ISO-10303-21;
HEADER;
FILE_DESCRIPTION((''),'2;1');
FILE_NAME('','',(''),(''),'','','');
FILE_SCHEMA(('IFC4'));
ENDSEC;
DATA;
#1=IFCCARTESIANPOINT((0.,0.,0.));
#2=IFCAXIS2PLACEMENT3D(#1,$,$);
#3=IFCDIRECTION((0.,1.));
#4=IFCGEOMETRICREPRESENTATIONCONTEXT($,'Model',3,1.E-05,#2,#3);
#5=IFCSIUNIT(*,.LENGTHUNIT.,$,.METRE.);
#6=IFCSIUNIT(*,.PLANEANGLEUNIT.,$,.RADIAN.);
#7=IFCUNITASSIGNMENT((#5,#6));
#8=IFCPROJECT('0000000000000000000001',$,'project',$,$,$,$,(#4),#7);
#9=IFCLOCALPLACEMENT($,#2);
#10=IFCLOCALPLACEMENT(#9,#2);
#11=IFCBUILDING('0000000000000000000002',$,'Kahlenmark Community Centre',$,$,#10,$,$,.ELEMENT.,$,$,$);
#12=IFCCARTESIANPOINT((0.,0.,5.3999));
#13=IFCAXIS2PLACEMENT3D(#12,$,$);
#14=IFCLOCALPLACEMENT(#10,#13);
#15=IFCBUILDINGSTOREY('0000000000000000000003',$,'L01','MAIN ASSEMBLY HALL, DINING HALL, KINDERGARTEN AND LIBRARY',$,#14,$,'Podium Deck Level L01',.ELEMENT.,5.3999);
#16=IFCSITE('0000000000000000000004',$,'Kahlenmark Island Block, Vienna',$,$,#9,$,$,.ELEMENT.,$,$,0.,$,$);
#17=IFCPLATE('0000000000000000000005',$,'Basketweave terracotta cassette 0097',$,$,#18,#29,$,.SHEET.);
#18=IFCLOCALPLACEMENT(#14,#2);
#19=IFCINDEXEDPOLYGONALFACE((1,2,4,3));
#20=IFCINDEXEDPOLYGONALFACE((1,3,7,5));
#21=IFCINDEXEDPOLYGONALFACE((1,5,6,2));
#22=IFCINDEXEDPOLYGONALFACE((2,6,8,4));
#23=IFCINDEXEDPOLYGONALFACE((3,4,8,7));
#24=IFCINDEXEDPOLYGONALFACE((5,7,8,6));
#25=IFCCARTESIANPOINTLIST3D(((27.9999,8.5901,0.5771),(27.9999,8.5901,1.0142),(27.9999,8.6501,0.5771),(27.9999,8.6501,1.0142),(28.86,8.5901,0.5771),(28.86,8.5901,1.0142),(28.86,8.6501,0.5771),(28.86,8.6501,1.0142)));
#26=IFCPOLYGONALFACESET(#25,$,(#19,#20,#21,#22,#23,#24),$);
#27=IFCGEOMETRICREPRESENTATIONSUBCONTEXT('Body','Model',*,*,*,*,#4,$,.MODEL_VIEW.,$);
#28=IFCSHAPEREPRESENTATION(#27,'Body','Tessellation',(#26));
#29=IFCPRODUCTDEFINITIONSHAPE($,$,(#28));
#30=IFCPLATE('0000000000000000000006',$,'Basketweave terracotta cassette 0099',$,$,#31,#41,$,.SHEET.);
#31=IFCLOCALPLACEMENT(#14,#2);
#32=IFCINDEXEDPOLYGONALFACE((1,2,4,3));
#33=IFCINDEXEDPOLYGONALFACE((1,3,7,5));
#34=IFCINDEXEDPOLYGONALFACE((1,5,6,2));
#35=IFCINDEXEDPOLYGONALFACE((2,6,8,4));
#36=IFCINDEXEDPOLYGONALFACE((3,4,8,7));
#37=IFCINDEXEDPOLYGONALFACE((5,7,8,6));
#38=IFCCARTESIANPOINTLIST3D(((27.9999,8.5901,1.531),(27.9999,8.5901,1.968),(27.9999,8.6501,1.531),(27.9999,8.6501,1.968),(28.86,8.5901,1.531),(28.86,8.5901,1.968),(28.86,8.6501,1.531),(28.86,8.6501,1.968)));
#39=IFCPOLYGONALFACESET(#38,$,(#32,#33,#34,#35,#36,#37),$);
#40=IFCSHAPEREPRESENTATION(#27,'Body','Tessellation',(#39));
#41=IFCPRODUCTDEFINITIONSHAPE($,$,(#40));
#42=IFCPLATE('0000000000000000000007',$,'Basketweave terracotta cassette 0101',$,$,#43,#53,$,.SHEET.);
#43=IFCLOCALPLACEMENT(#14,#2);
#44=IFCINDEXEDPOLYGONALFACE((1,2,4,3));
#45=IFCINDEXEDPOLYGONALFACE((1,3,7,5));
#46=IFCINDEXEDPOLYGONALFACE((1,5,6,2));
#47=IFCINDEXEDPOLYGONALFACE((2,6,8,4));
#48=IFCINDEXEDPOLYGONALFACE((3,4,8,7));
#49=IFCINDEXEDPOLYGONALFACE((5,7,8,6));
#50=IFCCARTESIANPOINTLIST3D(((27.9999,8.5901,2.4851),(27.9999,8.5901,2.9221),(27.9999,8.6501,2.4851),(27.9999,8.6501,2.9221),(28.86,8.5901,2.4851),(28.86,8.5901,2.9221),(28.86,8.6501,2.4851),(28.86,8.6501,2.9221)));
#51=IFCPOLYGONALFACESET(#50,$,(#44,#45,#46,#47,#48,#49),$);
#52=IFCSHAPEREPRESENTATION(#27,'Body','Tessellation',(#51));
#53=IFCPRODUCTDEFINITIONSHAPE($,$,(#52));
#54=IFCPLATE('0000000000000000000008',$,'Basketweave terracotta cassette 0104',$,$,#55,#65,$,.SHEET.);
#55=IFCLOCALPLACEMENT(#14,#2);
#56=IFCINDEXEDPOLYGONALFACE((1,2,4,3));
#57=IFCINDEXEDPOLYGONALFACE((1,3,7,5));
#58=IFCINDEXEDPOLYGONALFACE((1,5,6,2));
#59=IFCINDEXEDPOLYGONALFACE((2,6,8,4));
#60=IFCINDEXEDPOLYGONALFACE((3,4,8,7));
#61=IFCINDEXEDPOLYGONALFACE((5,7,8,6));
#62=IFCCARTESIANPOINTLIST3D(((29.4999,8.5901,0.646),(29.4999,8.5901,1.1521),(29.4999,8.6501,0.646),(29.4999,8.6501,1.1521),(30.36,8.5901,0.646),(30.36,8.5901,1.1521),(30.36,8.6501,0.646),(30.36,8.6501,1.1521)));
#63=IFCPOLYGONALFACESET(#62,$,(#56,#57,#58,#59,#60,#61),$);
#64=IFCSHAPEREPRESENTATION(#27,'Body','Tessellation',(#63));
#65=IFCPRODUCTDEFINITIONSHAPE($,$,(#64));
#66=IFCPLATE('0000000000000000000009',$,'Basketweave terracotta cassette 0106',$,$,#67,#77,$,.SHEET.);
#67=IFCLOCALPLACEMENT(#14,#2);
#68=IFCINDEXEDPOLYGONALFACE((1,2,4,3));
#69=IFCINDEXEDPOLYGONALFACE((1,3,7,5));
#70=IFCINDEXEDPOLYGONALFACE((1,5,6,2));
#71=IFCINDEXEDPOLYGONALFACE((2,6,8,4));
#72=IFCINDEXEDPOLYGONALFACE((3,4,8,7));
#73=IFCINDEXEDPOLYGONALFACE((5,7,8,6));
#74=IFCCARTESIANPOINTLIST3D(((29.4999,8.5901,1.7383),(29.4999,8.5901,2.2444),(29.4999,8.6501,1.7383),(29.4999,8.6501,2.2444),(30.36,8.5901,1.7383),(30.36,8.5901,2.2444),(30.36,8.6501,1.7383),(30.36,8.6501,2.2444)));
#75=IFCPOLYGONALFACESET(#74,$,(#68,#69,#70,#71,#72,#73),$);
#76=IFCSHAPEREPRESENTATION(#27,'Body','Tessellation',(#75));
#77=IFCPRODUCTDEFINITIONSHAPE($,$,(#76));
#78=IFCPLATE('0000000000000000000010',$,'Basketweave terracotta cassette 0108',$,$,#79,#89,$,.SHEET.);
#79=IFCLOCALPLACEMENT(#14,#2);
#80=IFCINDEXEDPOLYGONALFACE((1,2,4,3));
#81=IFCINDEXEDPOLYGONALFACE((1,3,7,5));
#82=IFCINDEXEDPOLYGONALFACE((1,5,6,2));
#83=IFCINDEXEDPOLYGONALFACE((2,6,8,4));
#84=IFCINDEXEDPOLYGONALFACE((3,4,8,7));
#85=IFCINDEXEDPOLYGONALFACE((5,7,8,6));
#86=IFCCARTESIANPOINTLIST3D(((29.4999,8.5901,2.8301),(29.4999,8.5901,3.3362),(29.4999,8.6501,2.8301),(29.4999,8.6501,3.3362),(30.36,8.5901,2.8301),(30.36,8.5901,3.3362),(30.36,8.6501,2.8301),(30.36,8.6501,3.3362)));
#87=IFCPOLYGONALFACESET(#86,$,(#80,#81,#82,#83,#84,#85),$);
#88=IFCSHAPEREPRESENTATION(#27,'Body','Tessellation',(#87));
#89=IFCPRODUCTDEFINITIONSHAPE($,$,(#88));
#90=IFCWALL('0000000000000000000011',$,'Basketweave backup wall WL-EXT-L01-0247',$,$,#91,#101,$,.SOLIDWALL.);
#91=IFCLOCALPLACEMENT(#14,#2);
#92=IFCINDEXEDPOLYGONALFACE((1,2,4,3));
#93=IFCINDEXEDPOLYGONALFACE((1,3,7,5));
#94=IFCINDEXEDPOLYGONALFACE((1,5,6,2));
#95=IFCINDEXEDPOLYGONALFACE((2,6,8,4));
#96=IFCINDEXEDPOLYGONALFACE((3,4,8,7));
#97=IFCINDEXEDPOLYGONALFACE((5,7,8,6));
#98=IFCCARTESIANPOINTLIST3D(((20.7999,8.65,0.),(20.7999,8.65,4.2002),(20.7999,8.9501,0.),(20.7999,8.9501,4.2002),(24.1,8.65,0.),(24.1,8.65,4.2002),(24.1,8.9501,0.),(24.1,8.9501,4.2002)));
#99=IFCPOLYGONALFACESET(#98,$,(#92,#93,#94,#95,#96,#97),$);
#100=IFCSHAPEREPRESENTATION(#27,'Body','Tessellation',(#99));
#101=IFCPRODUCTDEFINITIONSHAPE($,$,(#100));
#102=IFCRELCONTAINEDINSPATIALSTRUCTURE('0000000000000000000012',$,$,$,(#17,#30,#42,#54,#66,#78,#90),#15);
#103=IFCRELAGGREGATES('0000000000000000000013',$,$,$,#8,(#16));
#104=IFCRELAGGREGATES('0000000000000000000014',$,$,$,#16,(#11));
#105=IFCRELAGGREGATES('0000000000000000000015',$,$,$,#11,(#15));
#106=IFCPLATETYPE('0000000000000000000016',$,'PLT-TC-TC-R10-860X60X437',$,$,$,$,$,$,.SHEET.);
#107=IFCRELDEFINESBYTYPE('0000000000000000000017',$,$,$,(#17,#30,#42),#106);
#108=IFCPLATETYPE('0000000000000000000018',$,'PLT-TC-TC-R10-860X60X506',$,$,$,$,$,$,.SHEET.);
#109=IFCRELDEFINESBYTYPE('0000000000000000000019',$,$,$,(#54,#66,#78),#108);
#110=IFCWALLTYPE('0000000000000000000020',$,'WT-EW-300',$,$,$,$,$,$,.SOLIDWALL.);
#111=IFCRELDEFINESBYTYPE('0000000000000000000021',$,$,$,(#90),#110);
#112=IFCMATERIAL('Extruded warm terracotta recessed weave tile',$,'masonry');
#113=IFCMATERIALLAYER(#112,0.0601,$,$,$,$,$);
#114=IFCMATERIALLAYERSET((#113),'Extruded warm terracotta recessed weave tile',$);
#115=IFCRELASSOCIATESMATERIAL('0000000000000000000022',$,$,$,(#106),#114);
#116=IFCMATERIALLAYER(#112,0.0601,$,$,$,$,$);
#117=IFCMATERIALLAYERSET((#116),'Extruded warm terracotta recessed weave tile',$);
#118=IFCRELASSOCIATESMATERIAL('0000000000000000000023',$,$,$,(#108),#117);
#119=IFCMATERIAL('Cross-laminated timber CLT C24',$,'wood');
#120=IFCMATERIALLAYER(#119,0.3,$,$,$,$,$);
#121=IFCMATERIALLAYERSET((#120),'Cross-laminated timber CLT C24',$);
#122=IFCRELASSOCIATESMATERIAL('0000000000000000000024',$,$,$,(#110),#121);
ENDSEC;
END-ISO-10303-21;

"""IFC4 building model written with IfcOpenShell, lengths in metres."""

from ifc_helpers import new_model, si_unit, direction, frame, frame_2d, origin, origin_2d, place, context, subcontext, project, spatial, rectangle, extrude, material, layer, layer_set, type_object, element, save


model = new_model("IFC4")

# Units and contexts
model_context = context("Model", 3, precision=1e-05, world=origin(), true_north=direction((0.0, 1.0)))
body_context = subcontext(model_context, "Body", "Model", "MODEL_VIEW")
ifc_project = project(units=[si_unit("LENGTHUNIT", "METRE"), si_unit("PLANEANGLEUNIT", "RADIAN")], contexts=[model_context])

# Site, building, storey
site_placement = place(None, origin())
site = spatial("IfcSite", under=ifc_project, at=site_placement, Name="Kahlenmark Island Block, Vienna", CompositionType="ELEMENT", RefElevation=0.0)
building_placement = place(site_placement, origin())
building = spatial("IfcBuilding", under=site, at=building_placement, Name="Kahlenmark Community Centre", CompositionType="ELEMENT")
storey_placement = place(building_placement, frame((0.0, 0.0, 5.3999)))
storey = spatial("IfcBuildingStorey", under=building, at=storey_placement, Name="L01", Description="MAIN ASSEMBLY HALL, DINING HALL, KINDERGARTEN AND LIBRARY", LongName="Podium Deck Level L01", CompositionType="ELEMENT", Elevation=5.3999)

# Plates
ifc_material_1 = material(Name="Extruded warm terracotta recessed weave tile", Category="masonry")
ifc_layer_1 = layer(ifc_material_1, 0.0601)
ifc_layer_set_1 = layer_set([ifc_layer_1], Name="Extruded warm terracotta recessed weave tile")
plate_type_1 = type_object("IfcPlateType", Name="PLT-TC-TC-R10-860X60X437", PredefinedType="SHEET", material=ifc_layer_set_1)
for number, where, z_axis, x_axis, name in (
    (1, (28.4299, 8.6201, 0.5771), (0.0, 0.0, 1.0), (1.0, 0.0, 0.0), "Basketweave terracotta cassette 0097"),
    (2, (28.4299, 8.6201, 1.531), (0.0, 0.0, 1.0), (1.0, 0.0, 0.0), "Basketweave terracotta cassette 0099"),
    (3, (28.4299, 8.6201, 2.4851), (0.0, 0.0, 1.0), (1.0, 0.0, 0.0), "Basketweave terracotta cassette 0101"),
):
    element("IfcPlate", number, at=place(storey_placement, frame(where, z_axis=z_axis, x_axis=x_axis)), inside=storey, type_object=plate_type_1, Name=name, PredefinedType="SHEET", context=body_context, shape_type="SweptSolid", body=[
        extrude(rectangle(XDim=0.8601, YDim=0.0601, at=origin_2d()), origin(), (0.0, 0.0, 1.0), 0.437),
    ])
ifc_layer_2 = layer(ifc_material_1, 0.0601)
ifc_layer_set_2 = layer_set([ifc_layer_2], Name="Extruded warm terracotta recessed weave tile")
plate_type_2 = type_object("IfcPlateType", Name="PLT-TC-TC-R10-860X60X506", PredefinedType="SHEET", material=ifc_layer_set_2)
for number, where, z_axis, x_axis, name in (
    (4, (29.9299, 8.6201, 0.646), (0.0, 0.0, 1.0), (1.0, 0.0, 0.0), "Basketweave terracotta cassette 0104"),
    (5, (29.9299, 8.6201, 1.7383), (0.0, 0.0, 1.0), (1.0, 0.0, 0.0), "Basketweave terracotta cassette 0106"),
    (6, (29.9299, 8.6201, 2.8301), (0.0, 0.0, 1.0), (1.0, 0.0, 0.0), "Basketweave terracotta cassette 0108"),
):
    element("IfcPlate", number, at=place(storey_placement, frame(where, z_axis=z_axis, x_axis=x_axis)), inside=storey, type_object=plate_type_2, Name=name, PredefinedType="SHEET", context=body_context, shape_type="SweptSolid", body=[
        extrude(rectangle(XDim=0.8601, YDim=0.0601, at=origin_2d()), origin(), (0.0, 0.0, 1.0), 0.5061),
    ])

# Wall
ifc_material_2 = material(Name="Cross-laminated timber CLT C24", Category="wood")
ifc_layer_3 = layer(ifc_material_2, 0.3)
ifc_layer_set_3 = layer_set([ifc_layer_3], Name="Cross-laminated timber CLT C24")
wall_type = type_object("IfcWallType", Name="WT-EW-300", PredefinedType="SOLIDWALL", material=ifc_layer_set_3)
wall_placement = place(storey_placement, frame((20.8, 8.8, 0.0), z_axis=(0.0, 0.0, 1.0), x_axis=(1.0, 0.0, 0.0)))
element("IfcWall", 7, at=wall_placement, inside=storey, type_object=wall_type, Name="Basketweave backup wall WL-EXT-L01-0247", PredefinedType="SOLIDWALL", context=body_context, shape_type="SweptSolid", body=[
    extrude(rectangle(XDim=3.3, YDim=0.3, at=frame_2d((1.6499, 0.0))), origin(), (0.0, 0.0, 1.0), 4.2002),
])

save(model, "model.ifc")
